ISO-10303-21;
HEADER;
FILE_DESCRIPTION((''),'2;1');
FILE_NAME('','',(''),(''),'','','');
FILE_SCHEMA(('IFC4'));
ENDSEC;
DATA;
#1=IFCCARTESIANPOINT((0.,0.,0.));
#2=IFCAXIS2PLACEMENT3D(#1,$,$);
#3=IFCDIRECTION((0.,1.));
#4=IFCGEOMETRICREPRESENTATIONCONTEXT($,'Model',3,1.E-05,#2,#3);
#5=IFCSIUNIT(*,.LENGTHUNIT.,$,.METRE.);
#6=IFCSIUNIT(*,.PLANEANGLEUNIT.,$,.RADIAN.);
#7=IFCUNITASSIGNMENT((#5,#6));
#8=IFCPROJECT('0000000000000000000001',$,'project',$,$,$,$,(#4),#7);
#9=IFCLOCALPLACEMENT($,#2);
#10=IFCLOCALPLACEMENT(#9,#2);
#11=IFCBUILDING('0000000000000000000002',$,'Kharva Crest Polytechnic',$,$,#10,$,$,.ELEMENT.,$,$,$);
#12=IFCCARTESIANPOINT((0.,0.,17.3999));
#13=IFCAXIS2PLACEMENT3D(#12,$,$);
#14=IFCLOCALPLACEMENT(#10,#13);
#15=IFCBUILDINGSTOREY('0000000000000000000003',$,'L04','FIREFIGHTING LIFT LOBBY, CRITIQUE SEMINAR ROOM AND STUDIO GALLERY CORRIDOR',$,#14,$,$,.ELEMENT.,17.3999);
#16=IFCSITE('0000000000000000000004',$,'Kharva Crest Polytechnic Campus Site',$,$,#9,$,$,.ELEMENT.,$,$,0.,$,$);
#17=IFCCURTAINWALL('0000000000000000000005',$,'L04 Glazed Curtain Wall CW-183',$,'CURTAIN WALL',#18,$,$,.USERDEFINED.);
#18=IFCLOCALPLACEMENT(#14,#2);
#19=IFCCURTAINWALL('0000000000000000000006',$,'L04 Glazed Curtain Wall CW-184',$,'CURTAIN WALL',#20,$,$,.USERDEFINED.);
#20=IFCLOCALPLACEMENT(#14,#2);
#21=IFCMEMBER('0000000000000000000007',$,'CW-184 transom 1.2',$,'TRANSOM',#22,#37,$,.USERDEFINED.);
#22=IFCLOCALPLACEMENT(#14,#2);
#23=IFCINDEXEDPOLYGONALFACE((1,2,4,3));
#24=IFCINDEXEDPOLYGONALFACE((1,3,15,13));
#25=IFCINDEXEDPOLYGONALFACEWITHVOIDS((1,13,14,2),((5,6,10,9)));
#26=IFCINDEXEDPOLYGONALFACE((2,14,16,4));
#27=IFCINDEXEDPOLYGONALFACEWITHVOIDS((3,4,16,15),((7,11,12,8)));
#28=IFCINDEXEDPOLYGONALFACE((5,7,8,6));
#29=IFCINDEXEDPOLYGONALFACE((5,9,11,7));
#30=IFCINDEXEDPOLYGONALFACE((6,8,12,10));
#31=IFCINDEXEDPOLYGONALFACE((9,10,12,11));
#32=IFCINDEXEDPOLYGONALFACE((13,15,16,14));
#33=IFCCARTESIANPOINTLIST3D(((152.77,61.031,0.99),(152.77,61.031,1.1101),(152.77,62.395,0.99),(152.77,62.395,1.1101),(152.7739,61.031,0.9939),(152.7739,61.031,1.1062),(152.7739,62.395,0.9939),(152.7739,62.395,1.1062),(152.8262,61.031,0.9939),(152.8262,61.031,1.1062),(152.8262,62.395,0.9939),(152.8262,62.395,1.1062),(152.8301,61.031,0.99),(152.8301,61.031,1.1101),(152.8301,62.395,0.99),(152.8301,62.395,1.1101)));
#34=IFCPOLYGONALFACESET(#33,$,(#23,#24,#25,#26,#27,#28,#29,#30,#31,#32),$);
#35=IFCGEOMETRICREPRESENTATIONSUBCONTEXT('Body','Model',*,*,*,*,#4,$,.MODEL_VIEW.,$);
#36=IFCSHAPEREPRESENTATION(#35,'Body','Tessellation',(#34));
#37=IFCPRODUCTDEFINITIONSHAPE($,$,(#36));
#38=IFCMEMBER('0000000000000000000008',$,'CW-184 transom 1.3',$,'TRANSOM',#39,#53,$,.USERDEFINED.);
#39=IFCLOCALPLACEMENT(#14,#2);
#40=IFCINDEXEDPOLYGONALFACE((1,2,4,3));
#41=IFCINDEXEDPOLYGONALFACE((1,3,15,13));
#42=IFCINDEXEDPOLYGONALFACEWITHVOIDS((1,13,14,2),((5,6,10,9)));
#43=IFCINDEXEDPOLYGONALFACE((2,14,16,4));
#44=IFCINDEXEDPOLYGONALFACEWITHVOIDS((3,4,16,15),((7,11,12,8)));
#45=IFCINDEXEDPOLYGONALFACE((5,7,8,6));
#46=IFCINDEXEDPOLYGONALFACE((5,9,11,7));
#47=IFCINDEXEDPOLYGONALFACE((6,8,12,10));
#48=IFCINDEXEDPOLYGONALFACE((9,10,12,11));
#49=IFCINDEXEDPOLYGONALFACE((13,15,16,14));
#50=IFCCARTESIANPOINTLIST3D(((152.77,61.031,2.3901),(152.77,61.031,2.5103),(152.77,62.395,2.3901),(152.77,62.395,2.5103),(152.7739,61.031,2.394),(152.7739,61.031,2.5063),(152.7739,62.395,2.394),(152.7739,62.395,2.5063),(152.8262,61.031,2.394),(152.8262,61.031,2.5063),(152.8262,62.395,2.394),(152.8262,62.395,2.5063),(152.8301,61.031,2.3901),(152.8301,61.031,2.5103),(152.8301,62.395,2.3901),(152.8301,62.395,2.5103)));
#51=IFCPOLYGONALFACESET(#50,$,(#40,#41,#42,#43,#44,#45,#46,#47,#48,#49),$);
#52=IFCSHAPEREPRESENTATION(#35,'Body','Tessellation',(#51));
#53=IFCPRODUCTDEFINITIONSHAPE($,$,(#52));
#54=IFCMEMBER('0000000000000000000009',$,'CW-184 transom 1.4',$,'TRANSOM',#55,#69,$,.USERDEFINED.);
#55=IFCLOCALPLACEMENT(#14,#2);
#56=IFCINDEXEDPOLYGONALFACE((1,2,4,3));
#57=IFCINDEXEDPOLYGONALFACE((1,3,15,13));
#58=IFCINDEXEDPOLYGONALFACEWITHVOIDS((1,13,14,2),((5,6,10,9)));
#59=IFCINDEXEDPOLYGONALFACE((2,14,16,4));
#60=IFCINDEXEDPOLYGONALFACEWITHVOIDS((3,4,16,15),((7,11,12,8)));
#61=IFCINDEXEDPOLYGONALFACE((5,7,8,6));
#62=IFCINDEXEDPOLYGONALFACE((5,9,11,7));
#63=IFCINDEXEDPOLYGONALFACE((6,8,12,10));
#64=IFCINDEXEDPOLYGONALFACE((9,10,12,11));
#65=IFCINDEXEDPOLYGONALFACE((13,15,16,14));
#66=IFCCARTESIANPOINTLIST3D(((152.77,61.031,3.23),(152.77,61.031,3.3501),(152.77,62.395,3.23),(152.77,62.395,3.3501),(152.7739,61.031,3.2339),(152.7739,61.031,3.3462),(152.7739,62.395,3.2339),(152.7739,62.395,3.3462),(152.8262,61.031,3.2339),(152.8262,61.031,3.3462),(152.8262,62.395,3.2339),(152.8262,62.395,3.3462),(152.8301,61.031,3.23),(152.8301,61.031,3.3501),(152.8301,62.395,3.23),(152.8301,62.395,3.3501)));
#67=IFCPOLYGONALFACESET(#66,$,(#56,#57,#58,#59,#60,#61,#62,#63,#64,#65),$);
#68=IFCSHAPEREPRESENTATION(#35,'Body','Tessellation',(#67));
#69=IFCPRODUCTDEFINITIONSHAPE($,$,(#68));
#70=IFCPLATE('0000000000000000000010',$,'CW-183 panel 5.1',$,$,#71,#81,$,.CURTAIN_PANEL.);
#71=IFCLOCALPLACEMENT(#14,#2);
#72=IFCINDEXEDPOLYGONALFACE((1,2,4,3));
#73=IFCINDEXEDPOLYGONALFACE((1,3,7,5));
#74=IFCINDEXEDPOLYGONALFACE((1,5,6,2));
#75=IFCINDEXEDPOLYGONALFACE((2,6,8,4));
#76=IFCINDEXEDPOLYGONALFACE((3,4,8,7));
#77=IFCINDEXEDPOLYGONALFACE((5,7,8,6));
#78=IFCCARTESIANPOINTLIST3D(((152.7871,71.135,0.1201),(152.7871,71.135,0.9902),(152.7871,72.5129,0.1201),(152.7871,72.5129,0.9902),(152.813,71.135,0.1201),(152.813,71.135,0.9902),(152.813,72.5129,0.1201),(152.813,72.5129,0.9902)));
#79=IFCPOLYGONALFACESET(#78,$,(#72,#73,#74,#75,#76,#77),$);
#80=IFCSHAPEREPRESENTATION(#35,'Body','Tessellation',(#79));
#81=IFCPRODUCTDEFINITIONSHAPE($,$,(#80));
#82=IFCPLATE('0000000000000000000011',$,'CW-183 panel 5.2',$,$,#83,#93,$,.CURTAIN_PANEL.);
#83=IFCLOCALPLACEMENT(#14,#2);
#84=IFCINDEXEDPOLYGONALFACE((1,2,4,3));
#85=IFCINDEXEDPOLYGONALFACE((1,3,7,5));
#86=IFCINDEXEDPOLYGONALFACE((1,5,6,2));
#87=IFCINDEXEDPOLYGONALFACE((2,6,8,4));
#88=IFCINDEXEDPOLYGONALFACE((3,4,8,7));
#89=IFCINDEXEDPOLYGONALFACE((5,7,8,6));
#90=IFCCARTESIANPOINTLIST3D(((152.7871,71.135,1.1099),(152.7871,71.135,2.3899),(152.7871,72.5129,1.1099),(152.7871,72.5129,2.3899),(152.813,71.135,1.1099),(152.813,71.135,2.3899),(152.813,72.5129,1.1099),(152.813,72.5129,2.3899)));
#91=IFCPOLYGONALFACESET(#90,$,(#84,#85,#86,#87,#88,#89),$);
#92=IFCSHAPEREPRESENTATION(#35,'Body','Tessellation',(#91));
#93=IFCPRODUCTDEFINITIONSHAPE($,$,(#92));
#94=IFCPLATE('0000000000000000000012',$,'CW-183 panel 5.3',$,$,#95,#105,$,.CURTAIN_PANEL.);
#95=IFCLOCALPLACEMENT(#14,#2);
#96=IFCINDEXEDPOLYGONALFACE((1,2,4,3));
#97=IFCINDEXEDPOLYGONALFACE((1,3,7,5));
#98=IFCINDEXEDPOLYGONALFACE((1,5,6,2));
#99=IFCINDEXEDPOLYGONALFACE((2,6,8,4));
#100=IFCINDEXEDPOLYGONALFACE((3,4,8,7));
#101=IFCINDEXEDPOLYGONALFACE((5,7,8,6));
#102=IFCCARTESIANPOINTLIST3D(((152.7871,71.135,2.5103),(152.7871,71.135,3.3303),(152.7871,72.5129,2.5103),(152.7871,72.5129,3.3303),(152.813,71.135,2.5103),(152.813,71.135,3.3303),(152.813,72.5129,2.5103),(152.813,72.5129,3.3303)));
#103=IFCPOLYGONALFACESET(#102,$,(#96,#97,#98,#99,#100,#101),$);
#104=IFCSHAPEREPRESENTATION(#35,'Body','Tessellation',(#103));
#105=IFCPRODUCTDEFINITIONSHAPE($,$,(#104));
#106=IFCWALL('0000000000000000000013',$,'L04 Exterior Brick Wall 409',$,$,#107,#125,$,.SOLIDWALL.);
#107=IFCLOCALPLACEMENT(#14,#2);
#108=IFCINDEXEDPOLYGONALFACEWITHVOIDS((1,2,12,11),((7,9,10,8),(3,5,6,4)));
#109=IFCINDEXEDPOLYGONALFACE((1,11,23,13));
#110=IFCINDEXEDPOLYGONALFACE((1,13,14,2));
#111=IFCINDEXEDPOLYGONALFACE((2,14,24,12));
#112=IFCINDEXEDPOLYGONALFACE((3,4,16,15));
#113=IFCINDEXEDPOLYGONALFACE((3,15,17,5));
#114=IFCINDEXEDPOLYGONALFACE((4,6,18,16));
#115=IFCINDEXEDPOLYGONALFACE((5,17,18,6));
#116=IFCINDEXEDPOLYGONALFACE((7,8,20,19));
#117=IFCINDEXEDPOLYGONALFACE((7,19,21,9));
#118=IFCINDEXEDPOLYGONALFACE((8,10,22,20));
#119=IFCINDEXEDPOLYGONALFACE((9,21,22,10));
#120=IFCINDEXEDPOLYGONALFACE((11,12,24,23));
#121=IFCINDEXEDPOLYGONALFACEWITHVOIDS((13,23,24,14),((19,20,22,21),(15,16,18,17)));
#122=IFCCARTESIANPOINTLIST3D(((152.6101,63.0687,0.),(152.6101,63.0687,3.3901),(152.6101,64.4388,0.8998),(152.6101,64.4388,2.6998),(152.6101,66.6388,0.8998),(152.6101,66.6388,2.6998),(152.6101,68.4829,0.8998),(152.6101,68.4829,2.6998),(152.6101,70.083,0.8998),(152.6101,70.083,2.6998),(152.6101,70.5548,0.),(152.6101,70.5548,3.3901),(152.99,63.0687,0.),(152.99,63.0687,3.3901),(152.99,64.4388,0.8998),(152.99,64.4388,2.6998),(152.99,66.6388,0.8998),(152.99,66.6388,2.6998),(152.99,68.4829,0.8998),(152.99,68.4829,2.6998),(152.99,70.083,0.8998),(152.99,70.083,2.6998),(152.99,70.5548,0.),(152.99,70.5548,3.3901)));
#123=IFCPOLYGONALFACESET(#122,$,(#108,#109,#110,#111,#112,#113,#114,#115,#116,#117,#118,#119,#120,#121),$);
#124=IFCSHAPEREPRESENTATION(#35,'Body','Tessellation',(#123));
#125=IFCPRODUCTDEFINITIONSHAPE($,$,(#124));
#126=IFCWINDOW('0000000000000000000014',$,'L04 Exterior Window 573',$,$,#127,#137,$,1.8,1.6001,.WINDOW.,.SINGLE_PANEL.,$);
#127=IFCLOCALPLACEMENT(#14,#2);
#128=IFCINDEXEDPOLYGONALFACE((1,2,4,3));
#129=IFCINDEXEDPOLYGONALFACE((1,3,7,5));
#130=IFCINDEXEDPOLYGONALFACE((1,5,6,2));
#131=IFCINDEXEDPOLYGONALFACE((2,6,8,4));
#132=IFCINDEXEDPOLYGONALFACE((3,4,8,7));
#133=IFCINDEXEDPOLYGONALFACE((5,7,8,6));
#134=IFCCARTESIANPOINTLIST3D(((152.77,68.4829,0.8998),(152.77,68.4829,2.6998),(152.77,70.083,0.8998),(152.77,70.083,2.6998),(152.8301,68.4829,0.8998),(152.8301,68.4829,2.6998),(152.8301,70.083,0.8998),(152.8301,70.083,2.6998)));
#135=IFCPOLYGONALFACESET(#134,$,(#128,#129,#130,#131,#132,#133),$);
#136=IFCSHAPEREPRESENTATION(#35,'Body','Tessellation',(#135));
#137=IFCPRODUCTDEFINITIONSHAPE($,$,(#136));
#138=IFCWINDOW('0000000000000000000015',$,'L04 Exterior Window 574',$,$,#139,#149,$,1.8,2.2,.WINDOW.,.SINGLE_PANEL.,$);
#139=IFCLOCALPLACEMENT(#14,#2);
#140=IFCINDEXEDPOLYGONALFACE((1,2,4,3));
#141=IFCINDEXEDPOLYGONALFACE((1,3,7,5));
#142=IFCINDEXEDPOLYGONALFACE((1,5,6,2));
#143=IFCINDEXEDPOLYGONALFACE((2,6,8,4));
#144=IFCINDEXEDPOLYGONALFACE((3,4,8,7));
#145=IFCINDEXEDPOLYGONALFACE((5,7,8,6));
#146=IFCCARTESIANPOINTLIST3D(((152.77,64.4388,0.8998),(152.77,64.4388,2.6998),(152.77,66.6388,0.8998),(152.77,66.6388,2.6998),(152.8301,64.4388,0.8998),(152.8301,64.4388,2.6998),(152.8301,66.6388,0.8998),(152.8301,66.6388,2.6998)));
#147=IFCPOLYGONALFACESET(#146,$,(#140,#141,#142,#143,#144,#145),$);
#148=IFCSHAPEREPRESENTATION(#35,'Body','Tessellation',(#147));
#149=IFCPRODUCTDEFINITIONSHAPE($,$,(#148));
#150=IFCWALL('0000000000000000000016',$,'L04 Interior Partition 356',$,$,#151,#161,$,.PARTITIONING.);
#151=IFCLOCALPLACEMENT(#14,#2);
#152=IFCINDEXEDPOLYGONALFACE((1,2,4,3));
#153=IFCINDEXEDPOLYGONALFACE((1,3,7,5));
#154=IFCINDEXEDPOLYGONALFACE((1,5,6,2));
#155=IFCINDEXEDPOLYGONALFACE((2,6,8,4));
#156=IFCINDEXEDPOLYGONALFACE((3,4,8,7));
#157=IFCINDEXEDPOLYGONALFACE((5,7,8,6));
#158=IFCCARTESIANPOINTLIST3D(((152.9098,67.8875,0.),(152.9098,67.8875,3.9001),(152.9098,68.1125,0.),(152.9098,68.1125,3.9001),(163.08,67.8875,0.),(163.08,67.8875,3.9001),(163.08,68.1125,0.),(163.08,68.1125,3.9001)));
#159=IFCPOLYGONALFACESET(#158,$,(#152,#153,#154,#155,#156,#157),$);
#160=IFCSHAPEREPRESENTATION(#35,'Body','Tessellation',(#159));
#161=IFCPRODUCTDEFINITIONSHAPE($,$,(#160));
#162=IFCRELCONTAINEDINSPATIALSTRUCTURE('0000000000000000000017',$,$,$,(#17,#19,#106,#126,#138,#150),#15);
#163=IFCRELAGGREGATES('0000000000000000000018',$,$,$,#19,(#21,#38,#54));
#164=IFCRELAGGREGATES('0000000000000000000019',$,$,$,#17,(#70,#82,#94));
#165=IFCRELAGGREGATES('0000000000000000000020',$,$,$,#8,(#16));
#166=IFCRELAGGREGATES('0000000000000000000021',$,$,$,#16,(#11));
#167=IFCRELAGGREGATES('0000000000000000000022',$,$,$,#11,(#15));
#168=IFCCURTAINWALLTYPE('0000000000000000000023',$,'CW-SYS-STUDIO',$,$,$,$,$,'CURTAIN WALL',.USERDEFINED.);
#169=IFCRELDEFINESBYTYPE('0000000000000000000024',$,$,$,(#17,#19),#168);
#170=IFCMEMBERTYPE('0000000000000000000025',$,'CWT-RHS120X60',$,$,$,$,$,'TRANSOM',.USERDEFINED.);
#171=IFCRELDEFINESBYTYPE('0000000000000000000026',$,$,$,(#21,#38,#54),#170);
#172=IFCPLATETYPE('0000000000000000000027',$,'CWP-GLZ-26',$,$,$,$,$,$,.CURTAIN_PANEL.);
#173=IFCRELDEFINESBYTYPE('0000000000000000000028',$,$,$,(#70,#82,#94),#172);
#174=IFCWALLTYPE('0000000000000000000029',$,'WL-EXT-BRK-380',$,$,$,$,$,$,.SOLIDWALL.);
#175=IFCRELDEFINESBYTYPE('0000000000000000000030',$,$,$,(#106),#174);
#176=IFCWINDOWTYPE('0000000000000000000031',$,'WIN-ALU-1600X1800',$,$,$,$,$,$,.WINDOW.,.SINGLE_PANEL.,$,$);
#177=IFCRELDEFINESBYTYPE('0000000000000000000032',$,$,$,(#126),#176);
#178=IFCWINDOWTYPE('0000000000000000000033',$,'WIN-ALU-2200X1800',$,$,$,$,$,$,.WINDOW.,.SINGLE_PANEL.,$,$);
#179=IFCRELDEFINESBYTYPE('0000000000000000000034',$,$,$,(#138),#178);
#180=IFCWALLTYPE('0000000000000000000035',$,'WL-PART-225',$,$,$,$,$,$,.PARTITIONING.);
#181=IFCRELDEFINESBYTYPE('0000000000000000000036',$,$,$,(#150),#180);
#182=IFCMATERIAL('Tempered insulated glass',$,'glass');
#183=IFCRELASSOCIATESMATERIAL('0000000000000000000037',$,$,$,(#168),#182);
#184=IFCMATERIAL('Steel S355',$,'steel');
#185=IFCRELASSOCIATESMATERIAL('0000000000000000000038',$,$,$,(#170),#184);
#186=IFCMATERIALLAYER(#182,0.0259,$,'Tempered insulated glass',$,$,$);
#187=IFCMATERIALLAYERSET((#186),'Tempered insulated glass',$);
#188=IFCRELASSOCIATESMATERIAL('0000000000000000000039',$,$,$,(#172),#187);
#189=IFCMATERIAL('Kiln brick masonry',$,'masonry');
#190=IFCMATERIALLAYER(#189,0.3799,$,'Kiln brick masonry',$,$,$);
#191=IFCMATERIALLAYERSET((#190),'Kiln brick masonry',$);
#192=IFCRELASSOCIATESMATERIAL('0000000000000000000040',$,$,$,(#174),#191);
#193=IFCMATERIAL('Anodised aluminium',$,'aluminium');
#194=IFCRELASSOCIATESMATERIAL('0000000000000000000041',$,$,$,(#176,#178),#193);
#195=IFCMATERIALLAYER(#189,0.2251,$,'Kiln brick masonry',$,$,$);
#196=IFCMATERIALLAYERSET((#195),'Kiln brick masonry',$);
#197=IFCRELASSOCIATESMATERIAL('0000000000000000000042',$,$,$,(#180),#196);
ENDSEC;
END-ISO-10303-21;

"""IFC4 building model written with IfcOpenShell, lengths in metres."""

from ifc_helpers import new_model, si_unit, direction, frame, frame_2d, origin, origin_2d, place, context, subcontext, project, spatial, rectangle, hollow_rectangle, extrude, material, layer, layer_set, material_profile, profile_set, type_object, element, fill, aggregate, save


model = new_model("IFC4")

# Units and contexts
model_context = context("Model", 3, precision=1e-05, world=origin(), true_north=direction((0.0, 1.0)))
body_context = subcontext(model_context, "Body", "Model", "MODEL_VIEW")
ifc_project = project(units=[si_unit("LENGTHUNIT", "METRE"), si_unit("PLANEANGLEUNIT", "RADIAN")], contexts=[model_context])

# Site, building, storey
site_placement = place(None, origin())
site = spatial("IfcSite", under=ifc_project, at=site_placement, Name="Kharva Crest Polytechnic Campus Site", CompositionType="ELEMENT", RefElevation=0.0)
building_placement = place(site_placement, origin())
building = spatial("IfcBuilding", under=site, at=building_placement, Name="Kharva Crest Polytechnic", CompositionType="ELEMENT")
storey_placement = place(building_placement, frame((0.0, 0.0, 17.3999)))
storey = spatial("IfcBuildingStorey", under=building, at=storey_placement, Name="L04", Description="FIREFIGHTING LIFT LOBBY, CRITIQUE SEMINAR ROOM AND STUDIO GALLERY CORRIDOR", CompositionType="ELEMENT", Elevation=17.3999)

# Curtain walls
ifc_material_1 = material(Name="Tempered insulated glass", Category="glass")
curtain_wall_type = type_object("IfcCurtainWallType", Name="CW-SYS-STUDIO", ElementType="CURTAIN WALL", PredefinedType="USERDEFINED", material=ifc_material_1)
curtain_wall_1_placement = place(storey_placement, origin())
curtain_wall_1 = element("IfcCurtainWall", 1, at=curtain_wall_1_placement, inside=storey, type_object=curtain_wall_type, Name="L04 Glazed Curtain Wall CW-183", ObjectType="CURTAIN WALL", PredefinedType="USERDEFINED")
ifc_material_2 = material(Name="Steel S355", Category="steel")
curtain_wall_2_placement = place(storey_placement, origin())
curtain_wall_2 = element("IfcCurtainWall", 2, at=curtain_wall_2_placement, inside=storey, type_object=curtain_wall_type, Name="L04 Glazed Curtain Wall CW-184", ObjectType="CURTAIN WALL", PredefinedType="USERDEFINED")

# Members
ifc_material_profile_1 = material_profile(ifc_material_2, hollow_rectangle(XDim=0.0601, YDim=0.1201, WallThickness=0.0039, at=origin_2d()), Name="RHS 120X60X4.0")
ifc_profile_set_1 = profile_set([ifc_material_profile_1], Name="Steel S355")
member_type_1 = type_object("IfcMemberType", Name="CWT-RHS120X60", ElementType="TRANSOM", PredefinedType="USERDEFINED", material=ifc_profile_set_1)
member_1_placement = place(storey_placement, frame((152.8, 62.395, 1.05), z_axis=(0.0, -1.0, 0.0), x_axis=(1.0, 0.0, 0.0)))
member_1 = element("IfcMember", 3, at=member_1_placement, type_object=member_type_1, Name="CW-184 transom 1.2", ObjectType="TRANSOM", PredefinedType="USERDEFINED", context=body_context, shape_type="SweptSolid", body=[
    extrude(hollow_rectangle(XDim=0.0601, YDim=0.1201, WallThickness=0.0039, at=origin_2d()), origin(), (0.0, 0.0, 1.0), 1.364),
])
member_2_placement = place(storey_placement, frame((152.8, 62.395, 2.4502), z_axis=(0.0, -1.0, 0.0), x_axis=(1.0, 0.0, 0.0)))
member_2 = element("IfcMember", 4, at=member_2_placement, type_object=member_type_1, Name="CW-184 transom 1.3", ObjectType="TRANSOM", PredefinedType="USERDEFINED", context=body_context, shape_type="SweptSolid", body=[
    extrude(hollow_rectangle(XDim=0.0601, YDim=0.1201, WallThickness=0.0039, at=origin_2d()), origin(), (0.0, 0.0, 1.0), 1.364),
])
member_3_placement = place(storey_placement, frame((152.8, 62.395, 3.29), z_axis=(0.0, -1.0, 0.0), x_axis=(1.0, 0.0, 0.0)))
member_3 = element("IfcMember", 5, at=member_3_placement, type_object=member_type_1, Name="CW-184 transom 1.4", ObjectType="TRANSOM", PredefinedType="USERDEFINED", context=body_context, shape_type="SweptSolid", body=[
    extrude(hollow_rectangle(XDim=0.0601, YDim=0.1201, WallThickness=0.0039, at=origin_2d()), origin(), (0.0, 0.0, 1.0), 1.364),
])
aggregate(curtain_wall_2, [member_1, member_2, member_3])

# Plates
ifc_layer_1 = layer(ifc_material_1, 0.0259, Name="Tempered insulated glass")
ifc_layer_set_1 = layer_set([ifc_layer_1], Name="Tempered insulated glass")
plate_type = type_object("IfcPlateType", Name="CWP-GLZ-26", PredefinedType="CURTAIN_PANEL", material=ifc_layer_set_1)
plate_1_placement = place(storey_placement, frame((152.8, 71.824, 0.1201), z_axis=(0.0, 0.0, 1.0), x_axis=(0.0, -1.0, 0.0)))
plate_1 = element("IfcPlate", 6, at=plate_1_placement, type_object=plate_type, Name="CW-183 panel 5.1", PredefinedType="CURTAIN_PANEL", context=body_context, shape_type="SweptSolid", body=[
    extrude(rectangle(XDim=1.3779, YDim=0.0259, at=origin_2d()), origin(), (0.0, 0.0, 1.0), 0.8701),
])
plate_2_placement = place(storey_placement, frame((152.8, 71.824, 1.1099), z_axis=(0.0, 0.0, 1.0), x_axis=(0.0, -1.0, 0.0)))
plate_2 = element("IfcPlate", 7, at=plate_2_placement, type_object=plate_type, Name="CW-183 panel 5.2", PredefinedType="CURTAIN_PANEL", context=body_context, shape_type="SweptSolid", body=[
    extrude(rectangle(XDim=1.3779, YDim=0.0259, at=origin_2d()), origin(), (0.0, 0.0, 1.0), 1.28),
])
plate_3_placement = place(storey_placement, frame((152.8, 71.824, 2.5103), z_axis=(0.0, 0.0, 1.0), x_axis=(0.0, -1.0, 0.0)))
plate_3 = element("IfcPlate", 8, at=plate_3_placement, type_object=plate_type, Name="CW-183 panel 5.3", PredefinedType="CURTAIN_PANEL", context=body_context, shape_type="SweptSolid", body=[
    extrude(rectangle(XDim=1.3779, YDim=0.0259, at=origin_2d()), origin(), (0.0, 0.0, 1.0), 0.8201),
])
aggregate(curtain_wall_1, [plate_1, plate_2, plate_3])

# Wall, openings, windows
ifc_material_3 = material(Name="Kiln brick masonry", Category="masonry")
ifc_layer_2 = layer(ifc_material_3, 0.3799, Name="Kiln brick masonry")
ifc_layer_set_2 = layer_set([ifc_layer_2], Name="Kiln brick masonry")
wall_type_1 = type_object("IfcWallType", Name="WL-EXT-BRK-380", PredefinedType="SOLIDWALL", material=ifc_layer_set_2)
wall_1_placement = place(storey_placement, frame((152.8, 70.5549, 0.0), z_axis=(0.0, 0.0, 1.0), x_axis=(0.0, -1.0, 0.0)))
wall_1 = element("IfcWall", 9, at=wall_1_placement, inside=storey, type_object=wall_type_1, Name="L04 Exterior Brick Wall 409", PredefinedType="SOLIDWALL", context=body_context, shape_type="SweptSolid", body=[
    extrude(rectangle(XDim=7.4861, YDim=0.3799, at=frame_2d((3.7432, 0.0))), origin(), (0.0, 0.0, 1.0), 3.3901),
])
opening_1_placement = place(wall_1_placement, frame((0.4719, 0.0, 0.8999)))
opening_1 = element("IfcOpeningElement", 10, at=opening_1_placement, cuts=wall_1, PredefinedType="OPENING", context=body_context, shape_type="SweptSolid", body=[
    extrude(rectangle(XDim=1.6001, YDim=1.8, at=frame_2d((0.8, 0.8999))), frame((0.0, 0.2, 0.0), z_axis=(0.0, -1.0, 0.0), x_axis=(1.0, 0.0, 0.0)), (0.0, 0.0, 1.0), 0.3999),
])
opening_2_placement = place(wall_1_placement, frame((3.916, 0.0, 0.8999)))
opening_2 = element("IfcOpeningElement", 11, at=opening_2_placement, cuts=wall_1, PredefinedType="OPENING", context=body_context, shape_type="SweptSolid", body=[
    extrude(rectangle(XDim=2.2, YDim=1.8, at=frame_2d((1.1001, 0.8999))), frame((0.0, 0.2, 0.0), z_axis=(0.0, -1.0, 0.0), x_axis=(1.0, 0.0, 0.0)), (0.0, 0.0, 1.0), 0.3999),
])
ifc_material_4 = material(Name="Anodised aluminium", Category="aluminium")
window_type_1 = type_object("IfcWindowType", Name="WIN-ALU-1600X1800", PartitioningType="SINGLE_PANEL", PredefinedType="WINDOW", material=ifc_material_4)
window_1_placement = place(opening_1_placement, origin())
window_1 = element("IfcWindow", 12, at=window_1_placement, inside=storey, type_object=window_type_1, Name="L04 Exterior Window 573", OverallHeight=1.8, OverallWidth=1.6001, PartitioningType="SINGLE_PANEL", PredefinedType="WINDOW", context=body_context, shape_type="SweptSolid", body=[
    extrude(rectangle(XDim=1.6001, YDim=1.8, at=frame_2d((0.8, 0.8999))), frame((0.0, 0.03, 0.0), z_axis=(0.0, -1.0, 0.0), x_axis=(1.0, 0.0, 0.0)), (0.0, 0.0, 1.0), 0.0601),
])
fill(opening_1, window_1)
window_type_2 = type_object("IfcWindowType", Name="WIN-ALU-2200X1800", PartitioningType="SINGLE_PANEL", PredefinedType="WINDOW", material=ifc_material_4)
window_2_placement = place(opening_2_placement, origin())
window_2 = element("IfcWindow", 13, at=window_2_placement, inside=storey, type_object=window_type_2, Name="L04 Exterior Window 574", OverallHeight=1.8, OverallWidth=2.2, PartitioningType="SINGLE_PANEL", PredefinedType="WINDOW", context=body_context, shape_type="SweptSolid", body=[
    extrude(rectangle(XDim=2.2, YDim=1.8, at=frame_2d((1.1001, 0.8999))), frame((0.0, 0.03, 0.0), z_axis=(0.0, -1.0, 0.0), x_axis=(1.0, 0.0, 0.0)), (0.0, 0.0, 1.0), 0.0601),
])
fill(opening_2, window_2)

# Wall
ifc_layer_3 = layer(ifc_material_3, 0.2251, Name="Kiln brick masonry")
ifc_layer_set_3 = layer_set([ifc_layer_3], Name="Kiln brick masonry")
wall_type_2 = type_object("IfcWallType", Name="WL-PART-225", PredefinedType="PARTITIONING", material=ifc_layer_set_3)
wall_2_placement = place(storey_placement, frame((152.9099, 68.0, 0.0), z_axis=(0.0, 0.0, 1.0), x_axis=(1.0, 0.0, 0.0)))
element("IfcWall", 14, at=wall_2_placement, inside=storey, type_object=wall_type_2, Name="L04 Interior Partition 356", PredefinedType="PARTITIONING", context=body_context, shape_type="SweptSolid", body=[
    extrude(rectangle(XDim=10.1702, YDim=0.2251, at=frame_2d((5.085, 0.0))), origin(), (0.0, 0.0, 1.0), 3.9001),
])

save(model, "model.ifc")
